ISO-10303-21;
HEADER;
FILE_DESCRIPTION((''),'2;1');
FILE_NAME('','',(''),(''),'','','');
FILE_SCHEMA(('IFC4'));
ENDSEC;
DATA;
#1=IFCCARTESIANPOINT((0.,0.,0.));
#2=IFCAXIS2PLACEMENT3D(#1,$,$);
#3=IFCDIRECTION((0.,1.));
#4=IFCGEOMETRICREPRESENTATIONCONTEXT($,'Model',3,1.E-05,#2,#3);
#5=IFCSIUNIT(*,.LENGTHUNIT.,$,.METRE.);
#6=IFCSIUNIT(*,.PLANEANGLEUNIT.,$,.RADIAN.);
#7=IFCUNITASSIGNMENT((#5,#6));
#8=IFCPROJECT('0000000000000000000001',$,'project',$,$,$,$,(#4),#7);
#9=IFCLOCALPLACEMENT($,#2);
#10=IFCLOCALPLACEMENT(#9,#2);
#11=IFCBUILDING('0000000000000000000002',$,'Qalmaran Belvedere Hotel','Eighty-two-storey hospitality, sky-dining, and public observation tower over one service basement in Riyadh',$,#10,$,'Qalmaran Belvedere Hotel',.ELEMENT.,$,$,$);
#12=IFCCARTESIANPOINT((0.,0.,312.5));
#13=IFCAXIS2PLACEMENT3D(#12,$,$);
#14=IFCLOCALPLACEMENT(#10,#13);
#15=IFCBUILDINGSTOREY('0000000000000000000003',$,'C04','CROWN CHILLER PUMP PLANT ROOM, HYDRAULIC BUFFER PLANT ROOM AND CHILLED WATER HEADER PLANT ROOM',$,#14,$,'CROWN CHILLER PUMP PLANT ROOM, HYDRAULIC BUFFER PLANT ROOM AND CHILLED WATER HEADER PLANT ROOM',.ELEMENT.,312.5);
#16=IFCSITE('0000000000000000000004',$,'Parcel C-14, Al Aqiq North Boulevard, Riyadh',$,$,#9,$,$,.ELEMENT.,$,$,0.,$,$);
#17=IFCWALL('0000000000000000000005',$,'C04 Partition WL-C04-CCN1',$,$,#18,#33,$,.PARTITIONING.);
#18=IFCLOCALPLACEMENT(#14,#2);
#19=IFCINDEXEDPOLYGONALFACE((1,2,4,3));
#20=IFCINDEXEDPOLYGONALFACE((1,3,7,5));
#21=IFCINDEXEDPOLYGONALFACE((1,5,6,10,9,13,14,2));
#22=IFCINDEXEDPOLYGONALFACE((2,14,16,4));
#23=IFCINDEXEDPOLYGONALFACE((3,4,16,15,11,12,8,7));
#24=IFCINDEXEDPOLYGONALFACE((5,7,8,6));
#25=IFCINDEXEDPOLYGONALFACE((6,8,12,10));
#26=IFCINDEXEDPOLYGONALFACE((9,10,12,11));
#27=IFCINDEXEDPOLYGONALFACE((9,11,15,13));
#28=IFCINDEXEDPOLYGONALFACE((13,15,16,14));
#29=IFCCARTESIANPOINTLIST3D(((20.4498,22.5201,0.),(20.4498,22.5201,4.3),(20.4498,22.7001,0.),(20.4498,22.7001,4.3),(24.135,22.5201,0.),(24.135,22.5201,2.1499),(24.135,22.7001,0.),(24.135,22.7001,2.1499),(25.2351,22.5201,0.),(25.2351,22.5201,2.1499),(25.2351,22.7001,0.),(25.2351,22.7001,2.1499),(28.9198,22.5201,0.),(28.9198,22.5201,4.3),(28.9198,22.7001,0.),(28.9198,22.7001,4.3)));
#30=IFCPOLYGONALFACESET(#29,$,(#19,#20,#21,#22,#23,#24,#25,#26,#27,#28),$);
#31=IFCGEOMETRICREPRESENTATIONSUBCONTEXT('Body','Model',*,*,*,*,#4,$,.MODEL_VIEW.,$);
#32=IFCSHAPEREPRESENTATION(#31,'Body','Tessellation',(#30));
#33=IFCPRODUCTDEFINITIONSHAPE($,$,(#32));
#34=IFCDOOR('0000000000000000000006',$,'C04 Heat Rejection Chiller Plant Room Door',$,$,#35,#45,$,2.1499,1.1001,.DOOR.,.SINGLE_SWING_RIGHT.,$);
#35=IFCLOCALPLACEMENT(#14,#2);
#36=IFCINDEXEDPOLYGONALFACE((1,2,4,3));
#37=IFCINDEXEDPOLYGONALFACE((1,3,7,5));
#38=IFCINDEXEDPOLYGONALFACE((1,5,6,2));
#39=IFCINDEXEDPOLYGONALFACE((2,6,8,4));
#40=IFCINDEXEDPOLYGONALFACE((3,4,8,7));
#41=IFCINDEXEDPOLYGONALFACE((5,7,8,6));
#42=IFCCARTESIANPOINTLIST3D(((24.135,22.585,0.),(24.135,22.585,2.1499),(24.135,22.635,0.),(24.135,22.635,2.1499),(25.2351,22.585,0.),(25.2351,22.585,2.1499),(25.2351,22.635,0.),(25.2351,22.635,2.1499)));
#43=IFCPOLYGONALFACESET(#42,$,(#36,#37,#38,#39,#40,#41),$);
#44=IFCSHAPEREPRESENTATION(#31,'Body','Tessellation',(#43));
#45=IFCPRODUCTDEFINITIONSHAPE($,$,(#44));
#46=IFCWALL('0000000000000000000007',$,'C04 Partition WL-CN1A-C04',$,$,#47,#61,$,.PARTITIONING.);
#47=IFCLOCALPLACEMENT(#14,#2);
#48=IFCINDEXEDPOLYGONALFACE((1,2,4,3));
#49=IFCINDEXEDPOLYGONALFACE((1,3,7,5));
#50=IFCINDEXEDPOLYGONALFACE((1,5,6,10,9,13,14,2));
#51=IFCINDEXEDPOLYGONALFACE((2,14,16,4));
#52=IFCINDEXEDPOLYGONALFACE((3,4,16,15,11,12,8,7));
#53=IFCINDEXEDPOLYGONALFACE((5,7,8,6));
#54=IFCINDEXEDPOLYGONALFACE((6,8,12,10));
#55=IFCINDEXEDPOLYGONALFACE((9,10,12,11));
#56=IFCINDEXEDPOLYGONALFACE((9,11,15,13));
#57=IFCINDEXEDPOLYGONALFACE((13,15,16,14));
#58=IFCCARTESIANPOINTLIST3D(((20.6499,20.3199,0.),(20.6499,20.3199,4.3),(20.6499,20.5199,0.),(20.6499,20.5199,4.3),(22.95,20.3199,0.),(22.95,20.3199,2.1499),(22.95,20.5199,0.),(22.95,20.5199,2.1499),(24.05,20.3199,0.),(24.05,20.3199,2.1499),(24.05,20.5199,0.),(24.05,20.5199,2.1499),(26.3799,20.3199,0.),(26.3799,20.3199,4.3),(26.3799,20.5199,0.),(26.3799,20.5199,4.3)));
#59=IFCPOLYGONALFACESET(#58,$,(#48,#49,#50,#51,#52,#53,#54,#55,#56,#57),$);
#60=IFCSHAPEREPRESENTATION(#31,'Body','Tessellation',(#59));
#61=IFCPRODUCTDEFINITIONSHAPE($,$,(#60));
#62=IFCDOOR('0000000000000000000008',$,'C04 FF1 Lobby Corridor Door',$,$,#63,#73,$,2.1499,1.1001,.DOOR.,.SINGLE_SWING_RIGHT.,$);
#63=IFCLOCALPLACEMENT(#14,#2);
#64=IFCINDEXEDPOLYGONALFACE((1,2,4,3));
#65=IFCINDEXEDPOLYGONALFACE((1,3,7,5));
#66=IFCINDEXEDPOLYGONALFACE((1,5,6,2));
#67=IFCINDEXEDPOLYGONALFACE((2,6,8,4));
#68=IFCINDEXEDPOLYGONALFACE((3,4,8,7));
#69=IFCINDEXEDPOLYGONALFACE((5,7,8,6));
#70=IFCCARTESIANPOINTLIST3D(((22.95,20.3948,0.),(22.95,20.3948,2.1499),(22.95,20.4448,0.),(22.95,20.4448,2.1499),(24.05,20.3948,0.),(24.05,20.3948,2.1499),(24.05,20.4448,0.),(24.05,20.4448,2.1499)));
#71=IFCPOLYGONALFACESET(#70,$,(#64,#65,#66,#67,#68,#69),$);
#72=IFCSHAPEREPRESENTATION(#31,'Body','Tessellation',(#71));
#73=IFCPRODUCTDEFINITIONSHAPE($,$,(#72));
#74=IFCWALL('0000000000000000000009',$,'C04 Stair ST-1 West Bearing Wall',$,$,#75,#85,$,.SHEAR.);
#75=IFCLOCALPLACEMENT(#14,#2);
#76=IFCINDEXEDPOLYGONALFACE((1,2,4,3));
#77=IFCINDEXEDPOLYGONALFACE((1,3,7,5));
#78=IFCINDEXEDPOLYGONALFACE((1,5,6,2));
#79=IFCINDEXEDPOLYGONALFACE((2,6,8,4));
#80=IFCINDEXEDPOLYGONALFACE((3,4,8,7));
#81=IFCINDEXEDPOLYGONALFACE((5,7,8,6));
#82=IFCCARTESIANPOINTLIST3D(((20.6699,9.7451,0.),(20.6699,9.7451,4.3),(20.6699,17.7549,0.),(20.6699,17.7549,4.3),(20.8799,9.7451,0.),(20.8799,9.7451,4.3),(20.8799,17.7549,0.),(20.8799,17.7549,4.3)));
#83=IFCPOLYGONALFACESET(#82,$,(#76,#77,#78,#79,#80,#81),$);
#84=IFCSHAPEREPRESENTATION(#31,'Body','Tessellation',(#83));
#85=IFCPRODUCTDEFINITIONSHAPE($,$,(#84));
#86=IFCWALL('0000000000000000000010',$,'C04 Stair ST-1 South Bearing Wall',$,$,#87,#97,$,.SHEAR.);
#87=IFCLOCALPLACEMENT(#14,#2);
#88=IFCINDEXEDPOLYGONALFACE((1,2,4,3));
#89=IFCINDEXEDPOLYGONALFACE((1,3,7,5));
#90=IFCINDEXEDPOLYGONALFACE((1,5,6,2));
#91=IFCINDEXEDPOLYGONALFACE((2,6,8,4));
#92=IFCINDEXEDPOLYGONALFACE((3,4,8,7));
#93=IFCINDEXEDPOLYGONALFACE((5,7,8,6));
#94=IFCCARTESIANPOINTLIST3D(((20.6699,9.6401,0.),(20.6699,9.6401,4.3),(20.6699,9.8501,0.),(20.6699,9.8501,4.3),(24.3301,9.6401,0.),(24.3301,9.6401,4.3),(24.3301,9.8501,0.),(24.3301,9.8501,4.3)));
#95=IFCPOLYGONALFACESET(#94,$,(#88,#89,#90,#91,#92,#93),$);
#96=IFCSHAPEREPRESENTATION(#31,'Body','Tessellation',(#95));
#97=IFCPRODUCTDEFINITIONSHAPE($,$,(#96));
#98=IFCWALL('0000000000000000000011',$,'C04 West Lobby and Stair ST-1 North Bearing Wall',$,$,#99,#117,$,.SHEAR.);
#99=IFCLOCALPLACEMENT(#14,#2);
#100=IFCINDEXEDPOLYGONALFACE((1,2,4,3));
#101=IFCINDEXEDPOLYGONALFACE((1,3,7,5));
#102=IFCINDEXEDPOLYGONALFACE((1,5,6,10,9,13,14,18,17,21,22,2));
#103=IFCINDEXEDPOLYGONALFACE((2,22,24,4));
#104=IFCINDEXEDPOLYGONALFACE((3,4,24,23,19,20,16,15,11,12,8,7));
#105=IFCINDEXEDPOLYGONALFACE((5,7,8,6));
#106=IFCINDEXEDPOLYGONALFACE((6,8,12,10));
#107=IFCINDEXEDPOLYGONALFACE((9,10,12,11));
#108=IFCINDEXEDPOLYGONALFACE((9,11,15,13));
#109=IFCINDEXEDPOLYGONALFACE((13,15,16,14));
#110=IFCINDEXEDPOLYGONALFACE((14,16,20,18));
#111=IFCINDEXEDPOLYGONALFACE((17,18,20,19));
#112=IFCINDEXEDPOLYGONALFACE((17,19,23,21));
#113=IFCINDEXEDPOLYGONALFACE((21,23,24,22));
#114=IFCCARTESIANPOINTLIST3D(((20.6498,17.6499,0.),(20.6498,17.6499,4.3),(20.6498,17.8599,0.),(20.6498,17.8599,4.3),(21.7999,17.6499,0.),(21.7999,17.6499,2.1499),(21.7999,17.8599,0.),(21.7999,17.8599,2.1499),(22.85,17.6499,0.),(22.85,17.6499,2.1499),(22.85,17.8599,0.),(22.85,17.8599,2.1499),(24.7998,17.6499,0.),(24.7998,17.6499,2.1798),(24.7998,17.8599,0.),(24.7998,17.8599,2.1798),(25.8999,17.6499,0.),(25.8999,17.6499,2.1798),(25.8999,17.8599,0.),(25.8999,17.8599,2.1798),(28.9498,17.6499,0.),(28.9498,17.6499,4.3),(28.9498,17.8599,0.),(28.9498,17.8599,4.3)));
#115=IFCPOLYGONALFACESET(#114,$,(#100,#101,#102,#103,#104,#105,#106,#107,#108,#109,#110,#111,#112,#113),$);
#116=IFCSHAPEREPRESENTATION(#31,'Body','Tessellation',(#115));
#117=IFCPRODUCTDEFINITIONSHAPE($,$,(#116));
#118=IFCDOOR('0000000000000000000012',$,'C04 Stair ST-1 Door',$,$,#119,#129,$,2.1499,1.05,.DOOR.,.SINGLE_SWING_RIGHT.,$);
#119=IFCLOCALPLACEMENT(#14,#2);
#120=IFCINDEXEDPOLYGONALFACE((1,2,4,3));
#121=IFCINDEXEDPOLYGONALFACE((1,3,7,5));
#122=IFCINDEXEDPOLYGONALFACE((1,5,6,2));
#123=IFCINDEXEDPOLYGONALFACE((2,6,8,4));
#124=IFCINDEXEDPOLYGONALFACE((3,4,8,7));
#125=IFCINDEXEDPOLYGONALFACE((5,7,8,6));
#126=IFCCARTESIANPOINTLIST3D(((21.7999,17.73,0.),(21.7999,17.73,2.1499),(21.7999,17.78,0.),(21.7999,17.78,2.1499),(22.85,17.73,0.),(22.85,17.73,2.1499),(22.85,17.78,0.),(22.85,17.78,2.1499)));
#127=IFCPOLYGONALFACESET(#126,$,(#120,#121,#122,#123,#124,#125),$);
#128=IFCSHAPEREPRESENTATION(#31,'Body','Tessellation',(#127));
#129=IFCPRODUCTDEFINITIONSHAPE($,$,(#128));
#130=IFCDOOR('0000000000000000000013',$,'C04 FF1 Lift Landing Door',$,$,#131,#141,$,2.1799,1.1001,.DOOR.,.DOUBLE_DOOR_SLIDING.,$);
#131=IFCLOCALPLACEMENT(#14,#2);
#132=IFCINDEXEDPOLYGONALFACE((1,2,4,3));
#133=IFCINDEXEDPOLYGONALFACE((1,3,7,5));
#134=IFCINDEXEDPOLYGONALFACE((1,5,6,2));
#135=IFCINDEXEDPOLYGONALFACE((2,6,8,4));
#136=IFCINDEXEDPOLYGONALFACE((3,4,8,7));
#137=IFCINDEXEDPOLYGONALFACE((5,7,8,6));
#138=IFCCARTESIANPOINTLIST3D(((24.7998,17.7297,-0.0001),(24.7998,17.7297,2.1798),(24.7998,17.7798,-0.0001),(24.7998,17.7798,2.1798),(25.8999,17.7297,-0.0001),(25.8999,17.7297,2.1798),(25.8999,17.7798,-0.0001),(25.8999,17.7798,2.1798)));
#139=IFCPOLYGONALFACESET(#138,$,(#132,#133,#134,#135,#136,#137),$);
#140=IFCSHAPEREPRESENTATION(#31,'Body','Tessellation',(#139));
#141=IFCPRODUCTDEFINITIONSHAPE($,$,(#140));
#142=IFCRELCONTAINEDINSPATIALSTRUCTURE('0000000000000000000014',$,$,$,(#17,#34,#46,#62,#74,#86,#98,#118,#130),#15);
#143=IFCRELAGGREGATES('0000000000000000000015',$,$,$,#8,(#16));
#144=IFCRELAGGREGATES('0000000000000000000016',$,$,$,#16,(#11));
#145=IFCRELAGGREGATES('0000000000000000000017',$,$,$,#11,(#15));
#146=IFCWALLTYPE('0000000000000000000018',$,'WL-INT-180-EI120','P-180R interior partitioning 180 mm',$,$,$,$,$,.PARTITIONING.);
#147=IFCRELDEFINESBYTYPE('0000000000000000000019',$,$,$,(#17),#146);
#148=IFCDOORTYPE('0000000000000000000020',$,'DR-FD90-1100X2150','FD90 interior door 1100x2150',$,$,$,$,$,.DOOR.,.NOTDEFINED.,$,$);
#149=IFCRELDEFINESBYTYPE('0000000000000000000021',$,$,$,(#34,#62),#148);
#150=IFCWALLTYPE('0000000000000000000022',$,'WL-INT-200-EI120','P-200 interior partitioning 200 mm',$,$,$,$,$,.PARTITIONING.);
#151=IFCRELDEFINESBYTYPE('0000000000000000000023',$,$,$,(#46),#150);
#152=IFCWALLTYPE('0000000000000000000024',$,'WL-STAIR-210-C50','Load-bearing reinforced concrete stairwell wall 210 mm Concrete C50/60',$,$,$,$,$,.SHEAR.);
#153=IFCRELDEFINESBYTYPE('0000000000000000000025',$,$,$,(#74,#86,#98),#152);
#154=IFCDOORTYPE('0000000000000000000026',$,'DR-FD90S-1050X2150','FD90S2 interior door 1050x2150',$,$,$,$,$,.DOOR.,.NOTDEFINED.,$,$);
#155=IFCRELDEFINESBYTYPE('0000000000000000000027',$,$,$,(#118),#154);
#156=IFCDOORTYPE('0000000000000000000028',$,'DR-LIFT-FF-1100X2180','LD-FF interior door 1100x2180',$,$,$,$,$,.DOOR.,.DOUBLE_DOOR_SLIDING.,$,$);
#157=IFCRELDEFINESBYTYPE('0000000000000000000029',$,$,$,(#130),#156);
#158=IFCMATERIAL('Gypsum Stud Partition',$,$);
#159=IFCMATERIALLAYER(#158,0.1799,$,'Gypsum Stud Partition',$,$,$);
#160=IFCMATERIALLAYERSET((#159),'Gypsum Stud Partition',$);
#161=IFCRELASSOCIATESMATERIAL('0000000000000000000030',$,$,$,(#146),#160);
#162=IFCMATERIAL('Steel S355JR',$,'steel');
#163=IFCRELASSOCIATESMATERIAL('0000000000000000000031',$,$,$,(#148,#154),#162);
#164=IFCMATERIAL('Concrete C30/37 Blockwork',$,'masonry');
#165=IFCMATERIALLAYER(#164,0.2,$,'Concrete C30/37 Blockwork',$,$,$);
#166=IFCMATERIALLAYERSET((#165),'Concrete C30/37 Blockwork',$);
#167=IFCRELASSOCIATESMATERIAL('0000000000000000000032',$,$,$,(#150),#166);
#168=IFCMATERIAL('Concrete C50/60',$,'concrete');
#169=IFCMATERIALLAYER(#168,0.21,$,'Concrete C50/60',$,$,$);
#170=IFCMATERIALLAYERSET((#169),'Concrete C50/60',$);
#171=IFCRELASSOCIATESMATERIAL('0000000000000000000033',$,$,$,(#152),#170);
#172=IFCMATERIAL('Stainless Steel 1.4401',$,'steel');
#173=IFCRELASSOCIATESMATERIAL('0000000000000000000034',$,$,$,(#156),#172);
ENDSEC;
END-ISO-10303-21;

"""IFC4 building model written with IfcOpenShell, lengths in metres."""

from ifc_helpers import new_model, si_unit, direction, frame, frame_2d, origin, place, context, subcontext, project, spatial, rectangle, extrude, material, layer, layer_set, type_object, element, fill, save


model = new_model("IFC4")

# Units and contexts
model_context = context("Model", 3, precision=1e-05, world=origin(), true_north=direction((0.0, 1.0)))
body_context = subcontext(model_context, "Body", "Model", "MODEL_VIEW")
ifc_project = project(units=[si_unit("LENGTHUNIT", "METRE"), si_unit("PLANEANGLEUNIT", "RADIAN")], contexts=[model_context])

# Site, building, storey
site_placement = place(None, origin())
site = spatial("IfcSite", under=ifc_project, at=site_placement, Name="Parcel C-14, Al Aqiq North Boulevard, Riyadh", CompositionType="ELEMENT", RefElevation=0.0)
building_placement = place(site_placement, origin())
building = spatial("IfcBuilding", under=site, at=building_placement, Name="Qalmaran Belvedere Hotel", Description="Eighty-two-storey hospitality, sky-dining, and public observation tower over one service basement in Riyadh", LongName="Qalmaran Belvedere Hotel", CompositionType="ELEMENT")
storey_placement = place(building_placement, frame((0.0, 0.0, 312.5)))
storey = spatial("IfcBuildingStorey", under=building, at=storey_placement, Name="C04", Description="CROWN CHILLER PUMP PLANT ROOM, HYDRAULIC BUFFER PLANT ROOM AND CHILLED WATER HEADER PLANT ROOM", LongName="CROWN CHILLER PUMP PLANT ROOM, HYDRAULIC BUFFER PLANT ROOM AND CHILLED WATER HEADER PLANT ROOM", CompositionType="ELEMENT", Elevation=312.5)

# Shared definitions
ifc_material_1 = material(Name="Steel S355JR", Category="steel")

# Shared definitions
ifc_material_2 = material(Name="Concrete C50/60", Category="concrete")

# Walls, openings, doors
ifc_material_3 = material(Name="Gypsum Stud Partition")
ifc_layer_1 = layer(ifc_material_3, 0.1799, Name="Gypsum Stud Partition")
ifc_layer_set_1 = layer_set([ifc_layer_1], Name="Gypsum Stud Partition")
wall_type_1 = type_object("IfcWallType", Name="WL-INT-180-EI120", Description="P-180R interior partitioning 180 mm", PredefinedType="PARTITIONING", material=ifc_layer_set_1)
wall_1_placement = place(storey_placement, frame((20.45, 22.6101, 0.0), z_axis=(0.0, 0.0, 1.0), x_axis=(1.0, 0.0, 0.0)))
wall_1 = element("IfcWall", 1, at=wall_1_placement, inside=storey, type_object=wall_type_1, Name="C04 Partition WL-C04-CCN1", PredefinedType="PARTITIONING", context=body_context, shape_type="SweptSolid", body=[
    extrude(rectangle(XDim=8.47, YDim=0.1799, at=frame_2d((4.2349, 0.0))), origin(), (0.0, 0.0, 1.0), 4.3),
])
opening_1_placement = place(wall_1_placement, frame((3.6851, 0.0, 0.0)))
opening_1 = element("IfcOpeningElement", 2, at=opening_1_placement, cuts=wall_1, PredefinedType="OPENING", context=body_context, shape_type="SweptSolid", body=[
    extrude(rectangle(XDim=1.1001, YDim=2.1499, at=frame_2d((0.55, 1.075))), frame((0.0, 0.1001, 0.0), z_axis=(0.0, -1.0, 0.0), x_axis=(1.0, 0.0, 0.0)), (0.0, 0.0, 1.0), 0.2),
])
door_type_1 = type_object("IfcDoorType", Name="DR-FD90-1100X2150", Description="FD90 interior door 1100x2150", OperationType="NOTDEFINED", PredefinedType="DOOR", material=ifc_material_1)
door_1_placement = place(opening_1_placement, origin())
door_1 = element("IfcDoor", 3, at=door_1_placement, inside=storey, type_object=door_type_1, Name="C04 Heat Rejection Chiller Plant Room Door", OperationType="SINGLE_SWING_RIGHT", OverallHeight=2.1499, OverallWidth=1.1001, PredefinedType="DOOR", context=body_context, shape_type="SweptSolid", body=[
    extrude(rectangle(XDim=1.1001, YDim=2.1499, at=frame_2d((0.55, 1.075))), frame((0.0, 0.0249, 0.0), z_axis=(0.0, -1.0, 0.0), x_axis=(1.0, 0.0, 0.0)), (0.0, 0.0, 1.0), 0.05),
])
fill(opening_1, door_1)
ifc_material_4 = material(Name="Concrete C30/37 Blockwork", Category="masonry")
ifc_layer_2 = layer(ifc_material_4, 0.2, Name="Concrete C30/37 Blockwork")
ifc_layer_set_2 = layer_set([ifc_layer_2], Name="Concrete C30/37 Blockwork")
wall_type_2 = type_object("IfcWallType", Name="WL-INT-200-EI120", Description="P-200 interior partitioning 200 mm", PredefinedType="PARTITIONING", material=ifc_layer_set_2)
wall_2_placement = place(storey_placement, frame((20.6499, 20.4199, 0.0), z_axis=(0.0, 0.0, 1.0), x_axis=(1.0, 0.0, 0.0)))
wall_2 = element("IfcWall", 4, at=wall_2_placement, inside=storey, type_object=wall_type_2, Name="C04 Partition WL-CN1A-C04", PredefinedType="PARTITIONING", context=body_context, shape_type="SweptSolid", body=[
    extrude(rectangle(XDim=5.73, YDim=0.2, at=frame_2d((2.865, 0.0))), origin(), (0.0, 0.0, 1.0), 4.3),
])
opening_2_placement = place(wall_2_placement, frame((2.3, 0.0, 0.0)))
opening_2 = element("IfcOpeningElement", 5, at=opening_2_placement, cuts=wall_2, PredefinedType="OPENING", context=body_context, shape_type="SweptSolid", body=[
    extrude(rectangle(XDim=1.1001, YDim=2.1499, at=frame_2d((0.55, 1.075))), frame((0.0, 0.1099, 0.0), z_axis=(0.0, -1.0, 0.0), x_axis=(1.0, 0.0, 0.0)), (0.0, 0.0, 1.0), 0.22),
])
door_2_placement = place(opening_2_placement, origin())
door_2 = element("IfcDoor", 6, at=door_2_placement, inside=storey, type_object=door_type_1, Name="C04 FF1 Lobby Corridor Door", OperationType="SINGLE_SWING_RIGHT", OverallHeight=2.1499, OverallWidth=1.1001, PredefinedType="DOOR", context=body_context, shape_type="SweptSolid", body=[
    extrude(rectangle(XDim=1.1001, YDim=2.1499, at=frame_2d((0.55, 1.075))), frame((0.0, 0.0249, 0.0), z_axis=(0.0, -1.0, 0.0), x_axis=(1.0, 0.0, 0.0)), (0.0, 0.0, 1.0), 0.05),
])
fill(opening_2, door_2)

# Walls
ifc_layer_3 = layer(ifc_material_2, 0.21, Name="Concrete C50/60")
ifc_layer_set_3 = layer_set([ifc_layer_3], Name="Concrete C50/60")
wall_type_3 = type_object("IfcWallType", Name="WL-STAIR-210-C50", Description="Load-bearing reinforced concrete stairwell wall 210 mm Concrete C50/60", PredefinedType="SHEAR", material=ifc_layer_set_3)
wall_3_placement = place(storey_placement, frame((20.7749, 9.7451, 0.0), z_axis=(0.0, 0.0, 1.0), x_axis=(0.0, 1.0, 0.0)))
element("IfcWall", 7, at=wall_3_placement, inside=storey, type_object=wall_type_3, Name="C04 Stair ST-1 West Bearing Wall", PredefinedType="SHEAR", context=body_context, shape_type="SweptSolid", body=[
    extrude(rectangle(XDim=8.0098, YDim=0.21, at=frame_2d((4.0049, 0.0))), origin(), (0.0, 0.0, 1.0), 4.3),
])
wall_4_placement = place(storey_placement, frame((20.6699, 9.7451, 0.0), z_axis=(0.0, 0.0, 1.0), x_axis=(1.0, 0.0, 0.0)))
element("IfcWall", 8, at=wall_4_placement, inside=storey, type_object=wall_type_3, Name="C04 Stair ST-1 South Bearing Wall", PredefinedType="SHEAR", context=body_context, shape_type="SweptSolid", body=[
    extrude(rectangle(XDim=3.6602, YDim=0.21, at=frame_2d((1.8301, 0.0))), origin(), (0.0, 0.0, 1.0), 4.3),
])

# Wall, openings, doors
wall_5_placement = place(storey_placement, frame((20.6499, 17.7549, 0.0), z_axis=(0.0, 0.0, 1.0), x_axis=(1.0, 0.0, 0.0)))
wall_5 = element("IfcWall", 9, at=wall_5_placement, inside=storey, type_object=wall_type_3, Name="C04 West Lobby and Stair ST-1 North Bearing Wall", PredefinedType="SHEAR", context=body_context, shape_type="SweptSolid", body=[
    extrude(rectangle(XDim=8.3, YDim=0.21, at=frame_2d((4.1499, 0.0))), origin(), (0.0, 0.0, 1.0), 4.3),
])
opening_3_placement = place(wall_5_placement, frame((2.2, 0.0, 0.0), z_axis=(0.0, 0.0, 1.0), x_axis=(-1.0, 0.0, 0.0)))
opening_3 = element("IfcOpeningElement", 10, at=opening_3_placement, cuts=wall_5, PredefinedType="OPENING", context=body_context, shape_type="SweptSolid", body=[
    extrude(rectangle(XDim=1.05, YDim=2.1499, at=frame_2d((0.5249, 1.075))), frame((0.0, 0.115, 0.0), z_axis=(0.0, -1.0, 0.0), x_axis=(1.0, 0.0, 0.0)), (0.0, 0.0, 1.0), 0.23),
])
opening_4_placement = place(wall_5_placement, frame((4.1499, 0.0, 0.0)))
opening_4 = element("IfcOpeningElement", 11, at=opening_4_placement, cuts=wall_5, PredefinedType="OPENING", context=body_context, shape_type="SweptSolid", body=[
    extrude(rectangle(XDim=1.1001, YDim=2.1799, at=frame_2d((0.55, 1.0898))), frame((0.0, 0.115, 0.0), z_axis=(0.0, -1.0, 0.0), x_axis=(1.0, 0.0, 0.0)), (0.0, 0.0, 1.0), 0.23),
])
door_type_2 = type_object("IfcDoorType", Name="DR-FD90S-1050X2150", Description="FD90S2 interior door 1050x2150", OperationType="NOTDEFINED", PredefinedType="DOOR", material=ifc_material_1)
door_3_placement = place(opening_3_placement, origin())
door_3 = element("IfcDoor", 12, at=door_3_placement, inside=storey, type_object=door_type_2, Name="C04 Stair ST-1 Door", OperationType="SINGLE_SWING_RIGHT", OverallHeight=2.1499, OverallWidth=1.05, PredefinedType="DOOR", context=body_context, shape_type="SweptSolid", body=[
    extrude(rectangle(XDim=1.05, YDim=2.1499, at=frame_2d((0.5249, 1.075))), frame((0.0, 0.0249, 0.0), z_axis=(0.0, -1.0, 0.0), x_axis=(1.0, 0.0, 0.0)), (0.0, 0.0, 1.0), 0.05),
])
fill(opening_3, door_3)
ifc_material_5 = material(Name="Stainless Steel 1.4401", Category="steel")
door_type_3 = type_object("IfcDoorType", Name="DR-LIFT-FF-1100X2180", Description="LD-FF interior door 1100x2180", OperationType="DOUBLE_DOOR_SLIDING", PredefinedType="DOOR", material=ifc_material_5)
door_4_placement = place(opening_4_placement, origin())
door_4 = element("IfcDoor", 13, at=door_4_placement, inside=storey, type_object=door_type_3, Name="C04 FF1 Lift Landing Door", OperationType="DOUBLE_DOOR_SLIDING", OverallHeight=2.1799, OverallWidth=1.1001, PredefinedType="DOOR", context=body_context, shape_type="SweptSolid", body=[
    extrude(rectangle(XDim=1.1001, YDim=2.1799, at=frame_2d((0.55, 1.0898))), frame((0.0, 0.0249, 0.0), z_axis=(0.0, -1.0, 0.0), x_axis=(1.0, 0.0, 0.0)), (0.0, 0.0, 1.0), 0.05),
])
fill(opening_4, door_4)

save(model, "model.ifc")
